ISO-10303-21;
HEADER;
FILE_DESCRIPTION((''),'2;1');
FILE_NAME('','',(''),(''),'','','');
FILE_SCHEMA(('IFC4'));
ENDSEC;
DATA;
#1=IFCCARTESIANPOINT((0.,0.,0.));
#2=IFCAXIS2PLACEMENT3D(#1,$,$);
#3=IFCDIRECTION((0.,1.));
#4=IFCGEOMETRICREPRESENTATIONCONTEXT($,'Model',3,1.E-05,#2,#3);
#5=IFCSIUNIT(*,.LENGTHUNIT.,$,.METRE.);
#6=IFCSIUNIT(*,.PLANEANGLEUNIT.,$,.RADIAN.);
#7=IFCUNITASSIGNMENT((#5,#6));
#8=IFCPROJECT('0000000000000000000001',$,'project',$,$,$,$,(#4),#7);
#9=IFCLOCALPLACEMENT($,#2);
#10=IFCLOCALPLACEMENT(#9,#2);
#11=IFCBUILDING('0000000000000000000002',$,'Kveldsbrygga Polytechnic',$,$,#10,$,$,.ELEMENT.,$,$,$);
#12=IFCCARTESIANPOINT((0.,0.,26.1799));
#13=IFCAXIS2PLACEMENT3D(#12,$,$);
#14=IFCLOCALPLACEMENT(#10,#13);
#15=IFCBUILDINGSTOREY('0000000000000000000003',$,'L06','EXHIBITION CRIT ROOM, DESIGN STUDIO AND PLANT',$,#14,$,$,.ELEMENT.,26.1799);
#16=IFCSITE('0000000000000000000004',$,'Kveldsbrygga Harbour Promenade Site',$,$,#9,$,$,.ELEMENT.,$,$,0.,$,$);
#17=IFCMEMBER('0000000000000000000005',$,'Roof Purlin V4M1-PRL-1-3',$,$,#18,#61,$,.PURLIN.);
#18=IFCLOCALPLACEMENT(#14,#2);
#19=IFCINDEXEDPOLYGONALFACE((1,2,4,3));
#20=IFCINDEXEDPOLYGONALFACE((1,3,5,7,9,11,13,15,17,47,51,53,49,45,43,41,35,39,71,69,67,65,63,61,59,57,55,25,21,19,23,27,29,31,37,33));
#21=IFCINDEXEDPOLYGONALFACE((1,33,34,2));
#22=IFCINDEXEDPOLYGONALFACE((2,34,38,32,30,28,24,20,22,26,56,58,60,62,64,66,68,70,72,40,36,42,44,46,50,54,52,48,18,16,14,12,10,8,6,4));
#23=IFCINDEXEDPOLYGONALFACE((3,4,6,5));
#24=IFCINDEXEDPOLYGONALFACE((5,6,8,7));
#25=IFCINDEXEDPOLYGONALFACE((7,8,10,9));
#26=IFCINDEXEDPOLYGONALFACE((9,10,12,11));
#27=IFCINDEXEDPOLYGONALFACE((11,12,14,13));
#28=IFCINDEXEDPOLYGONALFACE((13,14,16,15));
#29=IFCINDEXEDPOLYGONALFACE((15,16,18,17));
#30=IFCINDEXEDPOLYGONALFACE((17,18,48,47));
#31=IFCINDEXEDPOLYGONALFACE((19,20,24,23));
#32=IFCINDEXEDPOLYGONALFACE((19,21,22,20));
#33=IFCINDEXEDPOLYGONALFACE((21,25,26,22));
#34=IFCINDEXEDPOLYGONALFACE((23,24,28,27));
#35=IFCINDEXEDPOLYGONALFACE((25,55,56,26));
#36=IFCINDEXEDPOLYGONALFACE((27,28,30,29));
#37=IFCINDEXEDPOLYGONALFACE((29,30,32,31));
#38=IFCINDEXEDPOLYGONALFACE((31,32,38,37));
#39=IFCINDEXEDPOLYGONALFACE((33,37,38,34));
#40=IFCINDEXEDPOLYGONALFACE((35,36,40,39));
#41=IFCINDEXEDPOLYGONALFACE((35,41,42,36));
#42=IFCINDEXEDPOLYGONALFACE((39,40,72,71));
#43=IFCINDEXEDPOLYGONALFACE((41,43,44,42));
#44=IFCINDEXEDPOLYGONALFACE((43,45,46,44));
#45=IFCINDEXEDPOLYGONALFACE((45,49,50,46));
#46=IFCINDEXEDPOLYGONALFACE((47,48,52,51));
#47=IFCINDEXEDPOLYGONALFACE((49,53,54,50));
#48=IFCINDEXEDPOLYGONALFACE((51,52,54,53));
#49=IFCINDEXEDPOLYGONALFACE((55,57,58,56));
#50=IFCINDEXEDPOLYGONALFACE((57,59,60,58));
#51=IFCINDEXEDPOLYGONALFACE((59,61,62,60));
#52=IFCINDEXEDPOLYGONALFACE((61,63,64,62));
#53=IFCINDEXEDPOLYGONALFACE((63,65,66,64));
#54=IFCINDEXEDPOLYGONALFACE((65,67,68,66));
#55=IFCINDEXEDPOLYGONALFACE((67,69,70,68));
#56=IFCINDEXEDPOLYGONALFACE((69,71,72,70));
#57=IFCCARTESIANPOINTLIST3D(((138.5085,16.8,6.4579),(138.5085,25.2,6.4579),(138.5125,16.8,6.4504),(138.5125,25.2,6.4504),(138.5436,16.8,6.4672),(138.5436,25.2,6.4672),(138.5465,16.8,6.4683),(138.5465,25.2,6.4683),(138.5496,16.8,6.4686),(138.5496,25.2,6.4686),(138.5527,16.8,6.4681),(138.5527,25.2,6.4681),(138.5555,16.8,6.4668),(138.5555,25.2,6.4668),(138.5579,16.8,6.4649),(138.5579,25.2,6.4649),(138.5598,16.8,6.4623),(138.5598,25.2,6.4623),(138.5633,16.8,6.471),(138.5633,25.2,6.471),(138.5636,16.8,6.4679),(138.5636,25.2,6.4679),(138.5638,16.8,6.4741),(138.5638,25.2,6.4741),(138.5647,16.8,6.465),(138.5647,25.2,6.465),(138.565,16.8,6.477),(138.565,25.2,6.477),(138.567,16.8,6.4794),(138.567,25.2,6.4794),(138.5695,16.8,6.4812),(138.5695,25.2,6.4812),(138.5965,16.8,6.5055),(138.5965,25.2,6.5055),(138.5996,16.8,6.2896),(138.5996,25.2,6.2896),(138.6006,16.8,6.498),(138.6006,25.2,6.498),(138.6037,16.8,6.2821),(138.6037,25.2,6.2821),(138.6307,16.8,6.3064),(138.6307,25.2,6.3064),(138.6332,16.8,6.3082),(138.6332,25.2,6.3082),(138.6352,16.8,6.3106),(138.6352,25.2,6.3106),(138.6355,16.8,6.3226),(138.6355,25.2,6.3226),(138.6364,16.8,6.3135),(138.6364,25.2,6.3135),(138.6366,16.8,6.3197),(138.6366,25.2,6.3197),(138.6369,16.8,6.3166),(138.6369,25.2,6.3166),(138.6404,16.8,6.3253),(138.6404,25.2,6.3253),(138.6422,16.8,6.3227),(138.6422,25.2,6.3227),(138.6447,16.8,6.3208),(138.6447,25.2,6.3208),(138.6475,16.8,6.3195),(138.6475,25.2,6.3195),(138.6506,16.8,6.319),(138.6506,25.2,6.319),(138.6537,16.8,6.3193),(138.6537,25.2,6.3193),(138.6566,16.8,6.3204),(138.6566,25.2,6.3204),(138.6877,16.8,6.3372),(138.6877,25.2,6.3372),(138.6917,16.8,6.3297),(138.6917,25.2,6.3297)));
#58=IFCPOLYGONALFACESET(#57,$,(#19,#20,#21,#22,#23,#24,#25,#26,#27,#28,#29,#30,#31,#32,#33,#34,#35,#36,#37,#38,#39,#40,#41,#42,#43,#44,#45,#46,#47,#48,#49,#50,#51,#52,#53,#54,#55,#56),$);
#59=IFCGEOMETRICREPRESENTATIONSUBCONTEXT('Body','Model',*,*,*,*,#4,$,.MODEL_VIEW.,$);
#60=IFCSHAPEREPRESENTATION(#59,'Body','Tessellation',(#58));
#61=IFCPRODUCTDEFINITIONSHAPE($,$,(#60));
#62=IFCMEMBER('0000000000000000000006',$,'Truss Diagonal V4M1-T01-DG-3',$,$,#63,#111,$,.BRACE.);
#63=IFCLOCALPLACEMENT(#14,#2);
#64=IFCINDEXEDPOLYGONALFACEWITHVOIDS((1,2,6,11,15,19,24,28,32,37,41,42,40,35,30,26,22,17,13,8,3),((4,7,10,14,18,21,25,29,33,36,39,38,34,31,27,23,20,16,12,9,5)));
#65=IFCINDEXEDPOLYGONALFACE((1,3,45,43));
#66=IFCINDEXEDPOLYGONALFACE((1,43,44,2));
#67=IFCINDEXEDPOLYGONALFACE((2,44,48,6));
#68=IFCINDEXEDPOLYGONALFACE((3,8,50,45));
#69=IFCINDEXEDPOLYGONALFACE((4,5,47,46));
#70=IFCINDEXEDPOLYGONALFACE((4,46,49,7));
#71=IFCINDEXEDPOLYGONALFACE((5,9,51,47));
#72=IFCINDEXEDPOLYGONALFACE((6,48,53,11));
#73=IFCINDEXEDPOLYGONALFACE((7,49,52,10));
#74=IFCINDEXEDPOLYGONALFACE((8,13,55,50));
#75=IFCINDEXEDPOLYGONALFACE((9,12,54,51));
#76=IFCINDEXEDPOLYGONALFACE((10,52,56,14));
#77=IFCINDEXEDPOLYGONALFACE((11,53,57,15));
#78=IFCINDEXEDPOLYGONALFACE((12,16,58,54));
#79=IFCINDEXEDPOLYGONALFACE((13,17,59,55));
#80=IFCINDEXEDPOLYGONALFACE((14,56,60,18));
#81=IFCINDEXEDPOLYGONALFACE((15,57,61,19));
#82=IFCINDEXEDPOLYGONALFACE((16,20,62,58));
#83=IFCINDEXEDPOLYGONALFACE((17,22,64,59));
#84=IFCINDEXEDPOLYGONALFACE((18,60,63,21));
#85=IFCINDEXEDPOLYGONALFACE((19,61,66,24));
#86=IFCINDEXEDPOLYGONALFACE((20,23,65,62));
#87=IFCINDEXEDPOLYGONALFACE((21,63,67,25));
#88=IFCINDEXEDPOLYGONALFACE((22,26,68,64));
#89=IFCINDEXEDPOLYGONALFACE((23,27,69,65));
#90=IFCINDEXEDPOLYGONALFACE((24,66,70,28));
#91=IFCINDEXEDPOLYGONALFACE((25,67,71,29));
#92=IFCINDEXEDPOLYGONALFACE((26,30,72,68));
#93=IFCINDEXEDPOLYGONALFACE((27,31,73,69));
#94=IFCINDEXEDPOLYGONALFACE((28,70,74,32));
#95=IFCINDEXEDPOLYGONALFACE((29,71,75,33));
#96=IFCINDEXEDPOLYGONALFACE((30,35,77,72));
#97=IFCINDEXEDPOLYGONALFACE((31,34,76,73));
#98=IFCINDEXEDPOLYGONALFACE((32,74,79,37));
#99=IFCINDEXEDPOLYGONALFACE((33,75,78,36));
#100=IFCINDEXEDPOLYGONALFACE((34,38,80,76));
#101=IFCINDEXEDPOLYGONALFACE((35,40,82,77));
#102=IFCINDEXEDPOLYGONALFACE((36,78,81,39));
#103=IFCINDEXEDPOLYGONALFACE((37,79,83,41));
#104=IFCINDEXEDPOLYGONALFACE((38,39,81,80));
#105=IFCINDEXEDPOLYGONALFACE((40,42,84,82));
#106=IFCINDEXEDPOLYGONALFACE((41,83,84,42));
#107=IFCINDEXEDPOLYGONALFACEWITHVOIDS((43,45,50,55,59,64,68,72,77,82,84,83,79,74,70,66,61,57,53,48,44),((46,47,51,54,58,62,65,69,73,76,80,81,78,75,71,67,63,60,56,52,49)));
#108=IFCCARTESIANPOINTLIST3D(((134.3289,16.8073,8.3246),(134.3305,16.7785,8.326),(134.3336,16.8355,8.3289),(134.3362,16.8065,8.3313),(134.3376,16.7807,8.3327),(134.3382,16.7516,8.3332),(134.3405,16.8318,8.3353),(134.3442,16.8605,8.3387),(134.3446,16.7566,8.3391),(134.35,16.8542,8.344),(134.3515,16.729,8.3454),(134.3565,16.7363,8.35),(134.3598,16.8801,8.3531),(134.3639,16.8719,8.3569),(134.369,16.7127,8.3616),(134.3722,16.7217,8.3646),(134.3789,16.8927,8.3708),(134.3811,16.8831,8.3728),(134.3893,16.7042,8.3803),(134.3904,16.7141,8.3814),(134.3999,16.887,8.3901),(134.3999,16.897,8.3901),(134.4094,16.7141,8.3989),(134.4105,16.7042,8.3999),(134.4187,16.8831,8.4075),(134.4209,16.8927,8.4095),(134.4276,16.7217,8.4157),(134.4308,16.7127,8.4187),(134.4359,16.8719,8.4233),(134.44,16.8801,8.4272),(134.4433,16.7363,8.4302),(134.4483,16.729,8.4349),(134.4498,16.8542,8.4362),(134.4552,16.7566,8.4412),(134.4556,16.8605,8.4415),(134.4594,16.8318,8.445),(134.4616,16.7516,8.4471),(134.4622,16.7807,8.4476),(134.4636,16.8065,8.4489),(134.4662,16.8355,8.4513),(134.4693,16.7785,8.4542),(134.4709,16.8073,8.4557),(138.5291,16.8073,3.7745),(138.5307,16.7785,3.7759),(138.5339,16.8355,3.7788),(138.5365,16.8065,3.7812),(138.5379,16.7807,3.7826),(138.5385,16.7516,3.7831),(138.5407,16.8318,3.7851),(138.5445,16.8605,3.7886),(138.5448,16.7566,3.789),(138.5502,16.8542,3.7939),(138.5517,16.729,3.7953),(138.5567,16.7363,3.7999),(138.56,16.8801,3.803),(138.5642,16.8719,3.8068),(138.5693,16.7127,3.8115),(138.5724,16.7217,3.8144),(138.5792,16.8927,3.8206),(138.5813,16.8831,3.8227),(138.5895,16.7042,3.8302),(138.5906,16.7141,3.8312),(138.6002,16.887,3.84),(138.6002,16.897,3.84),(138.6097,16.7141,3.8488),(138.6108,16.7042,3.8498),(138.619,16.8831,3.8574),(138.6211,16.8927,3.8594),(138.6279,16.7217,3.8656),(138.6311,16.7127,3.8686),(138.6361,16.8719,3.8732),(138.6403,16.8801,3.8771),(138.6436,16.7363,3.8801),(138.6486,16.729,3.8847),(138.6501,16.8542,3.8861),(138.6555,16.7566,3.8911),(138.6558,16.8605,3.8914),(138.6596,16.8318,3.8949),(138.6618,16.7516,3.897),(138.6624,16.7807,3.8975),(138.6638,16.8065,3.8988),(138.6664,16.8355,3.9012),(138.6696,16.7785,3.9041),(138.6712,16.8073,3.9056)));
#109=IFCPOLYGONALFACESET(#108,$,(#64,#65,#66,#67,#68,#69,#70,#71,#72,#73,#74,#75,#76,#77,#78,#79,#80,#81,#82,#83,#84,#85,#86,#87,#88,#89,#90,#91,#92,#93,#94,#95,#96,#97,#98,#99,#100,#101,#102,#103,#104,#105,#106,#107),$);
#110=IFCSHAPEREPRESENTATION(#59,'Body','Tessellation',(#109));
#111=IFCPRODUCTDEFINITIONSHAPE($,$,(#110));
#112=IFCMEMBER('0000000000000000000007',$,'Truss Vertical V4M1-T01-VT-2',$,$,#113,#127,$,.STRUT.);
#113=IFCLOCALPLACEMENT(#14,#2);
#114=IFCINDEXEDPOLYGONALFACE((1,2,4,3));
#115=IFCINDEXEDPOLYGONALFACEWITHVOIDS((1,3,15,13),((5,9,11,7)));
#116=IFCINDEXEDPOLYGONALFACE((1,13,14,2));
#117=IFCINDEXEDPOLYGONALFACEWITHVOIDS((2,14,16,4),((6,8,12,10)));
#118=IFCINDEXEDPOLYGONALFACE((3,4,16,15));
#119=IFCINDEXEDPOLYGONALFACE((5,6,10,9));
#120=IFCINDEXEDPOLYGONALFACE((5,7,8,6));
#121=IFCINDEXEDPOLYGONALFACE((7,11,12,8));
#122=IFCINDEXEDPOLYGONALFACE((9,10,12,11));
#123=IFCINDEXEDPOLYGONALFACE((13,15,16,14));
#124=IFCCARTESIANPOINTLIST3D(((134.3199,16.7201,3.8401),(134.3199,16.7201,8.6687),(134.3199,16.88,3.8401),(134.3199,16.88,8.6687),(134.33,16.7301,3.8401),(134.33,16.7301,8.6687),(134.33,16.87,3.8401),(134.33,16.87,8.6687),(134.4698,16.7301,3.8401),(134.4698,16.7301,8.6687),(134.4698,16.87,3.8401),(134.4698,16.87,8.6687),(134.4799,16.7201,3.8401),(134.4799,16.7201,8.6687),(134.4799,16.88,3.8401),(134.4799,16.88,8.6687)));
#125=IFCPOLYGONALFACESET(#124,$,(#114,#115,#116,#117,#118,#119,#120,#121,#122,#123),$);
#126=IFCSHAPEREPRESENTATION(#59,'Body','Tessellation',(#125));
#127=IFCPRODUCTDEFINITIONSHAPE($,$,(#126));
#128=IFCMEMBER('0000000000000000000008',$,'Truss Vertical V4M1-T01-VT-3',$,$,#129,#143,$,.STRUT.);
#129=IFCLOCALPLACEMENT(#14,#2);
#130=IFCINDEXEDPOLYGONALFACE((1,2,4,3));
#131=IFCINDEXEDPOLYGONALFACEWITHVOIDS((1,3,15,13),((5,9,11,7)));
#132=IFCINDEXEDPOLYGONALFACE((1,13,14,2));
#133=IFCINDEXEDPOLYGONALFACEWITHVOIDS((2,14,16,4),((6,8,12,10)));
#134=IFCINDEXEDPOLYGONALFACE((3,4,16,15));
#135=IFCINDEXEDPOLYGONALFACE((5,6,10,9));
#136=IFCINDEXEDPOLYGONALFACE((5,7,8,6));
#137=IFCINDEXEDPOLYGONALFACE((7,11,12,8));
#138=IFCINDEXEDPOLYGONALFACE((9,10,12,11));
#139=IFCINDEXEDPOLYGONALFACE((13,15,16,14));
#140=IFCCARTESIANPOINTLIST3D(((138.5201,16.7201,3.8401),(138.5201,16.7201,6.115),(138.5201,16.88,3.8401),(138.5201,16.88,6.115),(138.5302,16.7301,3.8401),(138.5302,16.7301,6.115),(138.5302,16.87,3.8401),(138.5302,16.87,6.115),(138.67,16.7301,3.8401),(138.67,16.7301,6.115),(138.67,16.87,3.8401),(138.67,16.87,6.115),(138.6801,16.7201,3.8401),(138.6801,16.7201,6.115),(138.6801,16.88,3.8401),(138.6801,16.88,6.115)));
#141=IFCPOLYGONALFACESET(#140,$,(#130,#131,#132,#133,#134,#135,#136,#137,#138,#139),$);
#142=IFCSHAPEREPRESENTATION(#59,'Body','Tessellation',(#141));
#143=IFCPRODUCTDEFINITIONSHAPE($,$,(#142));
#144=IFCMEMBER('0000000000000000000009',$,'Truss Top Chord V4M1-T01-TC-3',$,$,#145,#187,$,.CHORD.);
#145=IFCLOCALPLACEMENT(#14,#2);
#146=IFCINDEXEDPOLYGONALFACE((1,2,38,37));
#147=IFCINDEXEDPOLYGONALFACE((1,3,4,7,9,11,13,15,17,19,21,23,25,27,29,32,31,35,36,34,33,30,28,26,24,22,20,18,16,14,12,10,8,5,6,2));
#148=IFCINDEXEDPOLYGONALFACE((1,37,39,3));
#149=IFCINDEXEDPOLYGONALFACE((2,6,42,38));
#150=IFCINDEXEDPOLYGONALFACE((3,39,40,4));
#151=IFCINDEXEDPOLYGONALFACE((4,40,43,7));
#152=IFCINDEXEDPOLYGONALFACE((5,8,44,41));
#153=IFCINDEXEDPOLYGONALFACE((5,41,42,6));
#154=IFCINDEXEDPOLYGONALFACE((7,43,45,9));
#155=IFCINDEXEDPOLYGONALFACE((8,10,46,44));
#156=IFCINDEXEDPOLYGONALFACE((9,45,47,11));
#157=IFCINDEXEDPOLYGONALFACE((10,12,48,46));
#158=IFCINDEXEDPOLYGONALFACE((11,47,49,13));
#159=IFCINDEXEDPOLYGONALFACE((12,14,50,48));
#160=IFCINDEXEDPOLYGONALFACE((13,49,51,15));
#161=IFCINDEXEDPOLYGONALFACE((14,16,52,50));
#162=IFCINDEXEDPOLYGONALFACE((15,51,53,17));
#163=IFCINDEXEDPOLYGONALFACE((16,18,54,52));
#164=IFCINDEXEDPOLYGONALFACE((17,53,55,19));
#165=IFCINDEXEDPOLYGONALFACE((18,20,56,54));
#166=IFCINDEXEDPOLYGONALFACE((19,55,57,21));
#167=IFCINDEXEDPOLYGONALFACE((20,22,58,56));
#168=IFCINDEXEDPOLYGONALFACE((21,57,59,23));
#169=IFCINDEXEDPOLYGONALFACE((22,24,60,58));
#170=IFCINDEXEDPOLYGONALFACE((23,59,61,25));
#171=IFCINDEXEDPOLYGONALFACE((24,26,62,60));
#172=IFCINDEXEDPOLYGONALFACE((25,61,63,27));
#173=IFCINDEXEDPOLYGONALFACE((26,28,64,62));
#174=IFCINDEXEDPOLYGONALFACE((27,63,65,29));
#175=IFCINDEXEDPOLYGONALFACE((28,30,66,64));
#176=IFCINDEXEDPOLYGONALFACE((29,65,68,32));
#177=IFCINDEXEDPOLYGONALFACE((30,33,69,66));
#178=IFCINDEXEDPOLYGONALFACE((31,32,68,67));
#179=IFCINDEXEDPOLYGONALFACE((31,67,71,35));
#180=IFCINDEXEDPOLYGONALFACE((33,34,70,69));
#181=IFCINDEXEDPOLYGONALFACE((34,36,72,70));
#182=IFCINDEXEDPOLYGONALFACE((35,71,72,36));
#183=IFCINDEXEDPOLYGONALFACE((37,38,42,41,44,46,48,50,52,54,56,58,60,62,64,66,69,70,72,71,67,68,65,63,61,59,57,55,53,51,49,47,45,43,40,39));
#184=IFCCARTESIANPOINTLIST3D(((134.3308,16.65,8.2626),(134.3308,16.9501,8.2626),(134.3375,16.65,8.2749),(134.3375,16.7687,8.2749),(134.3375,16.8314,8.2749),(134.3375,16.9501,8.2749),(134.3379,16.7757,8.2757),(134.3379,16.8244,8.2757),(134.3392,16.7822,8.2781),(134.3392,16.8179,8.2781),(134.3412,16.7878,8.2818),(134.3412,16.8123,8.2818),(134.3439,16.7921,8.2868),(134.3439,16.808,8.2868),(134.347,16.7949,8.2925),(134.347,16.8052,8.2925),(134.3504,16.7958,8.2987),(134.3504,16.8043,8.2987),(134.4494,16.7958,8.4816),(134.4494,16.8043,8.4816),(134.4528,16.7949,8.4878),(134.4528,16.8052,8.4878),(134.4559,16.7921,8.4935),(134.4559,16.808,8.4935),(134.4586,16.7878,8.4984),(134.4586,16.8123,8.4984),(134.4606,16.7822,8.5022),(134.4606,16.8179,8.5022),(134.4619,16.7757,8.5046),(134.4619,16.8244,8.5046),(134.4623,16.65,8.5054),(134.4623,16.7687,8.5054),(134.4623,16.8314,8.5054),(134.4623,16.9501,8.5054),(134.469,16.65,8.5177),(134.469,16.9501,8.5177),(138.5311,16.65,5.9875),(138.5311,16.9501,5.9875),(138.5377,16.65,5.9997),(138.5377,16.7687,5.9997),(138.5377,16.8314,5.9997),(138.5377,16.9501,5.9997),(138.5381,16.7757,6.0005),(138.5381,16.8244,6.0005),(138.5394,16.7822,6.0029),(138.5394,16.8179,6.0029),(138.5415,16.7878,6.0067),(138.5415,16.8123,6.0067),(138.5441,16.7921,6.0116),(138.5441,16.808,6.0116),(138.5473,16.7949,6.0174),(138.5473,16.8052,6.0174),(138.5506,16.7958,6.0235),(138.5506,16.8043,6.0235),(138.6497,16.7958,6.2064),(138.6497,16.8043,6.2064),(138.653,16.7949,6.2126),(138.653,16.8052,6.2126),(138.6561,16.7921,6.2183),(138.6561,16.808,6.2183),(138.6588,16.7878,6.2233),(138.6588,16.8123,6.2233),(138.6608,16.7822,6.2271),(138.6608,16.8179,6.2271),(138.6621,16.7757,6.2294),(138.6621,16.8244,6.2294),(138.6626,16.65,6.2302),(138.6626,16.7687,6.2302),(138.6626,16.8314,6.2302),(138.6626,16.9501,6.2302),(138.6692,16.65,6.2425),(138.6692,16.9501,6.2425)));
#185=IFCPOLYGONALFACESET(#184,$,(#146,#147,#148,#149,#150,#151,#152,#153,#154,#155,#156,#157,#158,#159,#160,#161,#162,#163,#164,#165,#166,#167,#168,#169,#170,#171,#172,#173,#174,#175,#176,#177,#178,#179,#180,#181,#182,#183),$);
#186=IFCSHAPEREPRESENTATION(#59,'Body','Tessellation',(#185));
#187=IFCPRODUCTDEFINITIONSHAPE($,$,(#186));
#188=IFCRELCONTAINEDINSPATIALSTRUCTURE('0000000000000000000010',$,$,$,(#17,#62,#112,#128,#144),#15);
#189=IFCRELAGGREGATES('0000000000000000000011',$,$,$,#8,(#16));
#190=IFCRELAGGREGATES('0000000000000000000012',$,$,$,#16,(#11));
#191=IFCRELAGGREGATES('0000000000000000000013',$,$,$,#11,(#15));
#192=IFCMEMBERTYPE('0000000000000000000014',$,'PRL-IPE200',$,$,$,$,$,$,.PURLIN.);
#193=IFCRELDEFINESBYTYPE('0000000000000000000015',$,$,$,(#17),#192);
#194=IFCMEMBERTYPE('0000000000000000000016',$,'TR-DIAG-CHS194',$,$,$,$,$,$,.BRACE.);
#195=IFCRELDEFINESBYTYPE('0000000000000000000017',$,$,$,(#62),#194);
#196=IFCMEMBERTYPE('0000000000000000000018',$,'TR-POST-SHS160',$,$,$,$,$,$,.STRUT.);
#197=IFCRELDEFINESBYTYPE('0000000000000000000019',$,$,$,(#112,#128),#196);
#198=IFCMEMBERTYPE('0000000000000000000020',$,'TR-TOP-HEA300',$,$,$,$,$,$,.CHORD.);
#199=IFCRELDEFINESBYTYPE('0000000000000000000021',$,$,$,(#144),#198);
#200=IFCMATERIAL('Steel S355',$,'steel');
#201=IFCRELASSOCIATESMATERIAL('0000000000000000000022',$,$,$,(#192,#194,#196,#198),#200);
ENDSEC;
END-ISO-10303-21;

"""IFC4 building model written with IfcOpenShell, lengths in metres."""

from ifc_helpers import new_model, si_unit, direction, frame, origin, origin_2d, place, context, subcontext, project, spatial, hollow_rectangle, hollow_circle, i_section, extrude, material, material_profile, profile_set, type_object, element, save


model = new_model("IFC4")

# Units and contexts
model_context = context("Model", 3, precision=1e-05, world=origin(), true_north=direction((0.0, 1.0)))
body_context = subcontext(model_context, "Body", "Model", "MODEL_VIEW")
ifc_project = project(units=[si_unit("LENGTHUNIT", "METRE"), si_unit("PLANEANGLEUNIT", "RADIAN")], contexts=[model_context])

# Site, building, storey
site_placement = place(None, origin())
site = spatial("IfcSite", under=ifc_project, at=site_placement, Name="Kveldsbrygga Harbour Promenade Site", CompositionType="ELEMENT", RefElevation=0.0)
building_placement = place(site_placement, origin())
building = spatial("IfcBuilding", under=site, at=building_placement, Name="Kveldsbrygga Polytechnic", CompositionType="ELEMENT")
storey_placement = place(building_placement, frame((0.0, 0.0, 26.1799)))
storey = spatial("IfcBuildingStorey", under=building, at=storey_placement, Name="L06", Description="EXHIBITION CRIT ROOM, DESIGN STUDIO AND PLANT", CompositionType="ELEMENT", Elevation=26.1799)

# Shared definitions
ifc_material_1 = material(Name="Steel S355", Category="steel")

# Members
ifc_material_profile_1 = material_profile(ifc_material_1, i_section(OverallWidth=0.1001, OverallDepth=0.2, WebThickness=0.0056, FlangeThickness=0.0085, FilletRadius=0.012, at=origin_2d()), Name="IPE 200")
ifc_profile_set_1 = profile_set([ifc_material_profile_1], Name="Steel S355")
member_type_1 = type_object("IfcMemberType", Name="PRL-IPE200", PredefinedType="PURLIN", material=ifc_profile_set_1)
for number, where, z_axis, x_axis, name in (
    (1, (138.6001, 16.8, 6.3938), (0.0, 1.0, 0.0), (-0.879292, 0.0, -0.476283), "Roof Purlin V4M1-PRL-1-3"),
):
    element("IfcMember", number, at=place(storey_placement, frame(where, z_axis=z_axis, x_axis=x_axis)), inside=storey, type_object=member_type_1, Name=name, PredefinedType="PURLIN", context=body_context, shape_type="SweptSolid", body=[
        extrude(i_section(OverallWidth=0.1001, OverallDepth=0.2, WebThickness=0.0056, FlangeThickness=0.0085, FilletRadius=0.012, at=origin_2d()), origin(), (0.0, 0.0, 1.0), 8.3999),
    ])
ifc_material_profile_2 = material_profile(ifc_material_1, hollow_circle(Radius=0.0969, WallThickness=0.01, at=origin_2d()), Name="CHS 193.7x10.0")
ifc_profile_set_2 = profile_set([ifc_material_profile_2], Name="Steel S355")
member_type_2 = type_object("IfcMemberType", Name="TR-DIAG-CHS194", PredefinedType="BRACE", material=ifc_profile_set_2)
member_1_placement = place(storey_placement, frame((134.3999, 16.8, 8.3901), z_axis=(0.678293, 0.0, -0.734791), x_axis=(0.0, 1.0, 0.0)))
element("IfcMember", 2, at=member_1_placement, inside=storey, type_object=member_type_2, Name="Truss Diagonal V4M1-T01-DG-3", PredefinedType="BRACE", context=body_context, shape_type="SweptSolid", body=[
    extrude(hollow_circle(Radius=0.0969, WallThickness=0.01, at=origin_2d()), origin(), (0.0, 0.0, 1.0), 6.1924),
])
ifc_material_profile_3 = material_profile(ifc_material_1, hollow_rectangle(XDim=0.1599, YDim=0.1599, WallThickness=0.01, at=origin_2d()), Name="SHS 160x160x10.0")
ifc_profile_set_3 = profile_set([ifc_material_profile_3], Name="Steel S355")
member_type_3 = type_object("IfcMemberType", Name="TR-POST-SHS160", PredefinedType="STRUT", material=ifc_profile_set_3)
member_2_placement = place(storey_placement, frame((134.3999, 16.8, 3.8401), z_axis=(0.0, 0.0, 1.0), x_axis=(1.0, 0.0, 0.0)))
element("IfcMember", 3, at=member_2_placement, inside=storey, type_object=member_type_3, Name="Truss Vertical V4M1-T01-VT-2", PredefinedType="STRUT", context=body_context, shape_type="SweptSolid", body=[
    extrude(hollow_rectangle(XDim=0.1599, YDim=0.1599, WallThickness=0.01, at=origin_2d()), origin(), (0.0, 0.0, 1.0), 4.8286),
])
member_3_placement = place(storey_placement, frame((138.6001, 16.8, 3.8401), z_axis=(0.0, 0.0, 1.0), x_axis=(1.0, 0.0, 0.0)))
element("IfcMember", 4, at=member_3_placement, inside=storey, type_object=member_type_3, Name="Truss Vertical V4M1-T01-VT-3", PredefinedType="STRUT", context=body_context, shape_type="SweptSolid", body=[
    extrude(hollow_rectangle(XDim=0.1599, YDim=0.1599, WallThickness=0.01, at=origin_2d()), origin(), (0.0, 0.0, 1.0), 2.2749),
])
ifc_material_profile_4 = material_profile(ifc_material_1, i_section(OverallWidth=0.3, OverallDepth=0.29, WebThickness=0.0085, FlangeThickness=0.0139, FilletRadius=0.0271, at=origin_2d()), Name="HEA 300")
ifc_profile_set_4 = profile_set([ifc_material_profile_4], Name="Steel S355")
member_type_4 = type_object("IfcMemberType", Name="TR-TOP-HEA300", PredefinedType="CHORD", material=ifc_profile_set_4)
member_4_placement = place(storey_placement, frame((134.3999, 16.8, 8.3901), z_axis=(0.879288, 0.0, -0.47629), x_axis=(0.0, 1.0, 0.0)))
element("IfcMember", 5, at=member_4_placement, inside=storey, type_object=member_type_4, Name="Truss Top Chord V4M1-T01-TC-3", PredefinedType="CHORD", context=body_context, shape_type="SweptSolid", body=[
    extrude(i_section(OverallWidth=0.3, OverallDepth=0.29, WebThickness=0.0085, FlangeThickness=0.0139, FilletRadius=0.0271, at=origin_2d()), origin(), (0.0, 0.0, 1.0), 4.7769),
])

save(model, "model.ifc")
